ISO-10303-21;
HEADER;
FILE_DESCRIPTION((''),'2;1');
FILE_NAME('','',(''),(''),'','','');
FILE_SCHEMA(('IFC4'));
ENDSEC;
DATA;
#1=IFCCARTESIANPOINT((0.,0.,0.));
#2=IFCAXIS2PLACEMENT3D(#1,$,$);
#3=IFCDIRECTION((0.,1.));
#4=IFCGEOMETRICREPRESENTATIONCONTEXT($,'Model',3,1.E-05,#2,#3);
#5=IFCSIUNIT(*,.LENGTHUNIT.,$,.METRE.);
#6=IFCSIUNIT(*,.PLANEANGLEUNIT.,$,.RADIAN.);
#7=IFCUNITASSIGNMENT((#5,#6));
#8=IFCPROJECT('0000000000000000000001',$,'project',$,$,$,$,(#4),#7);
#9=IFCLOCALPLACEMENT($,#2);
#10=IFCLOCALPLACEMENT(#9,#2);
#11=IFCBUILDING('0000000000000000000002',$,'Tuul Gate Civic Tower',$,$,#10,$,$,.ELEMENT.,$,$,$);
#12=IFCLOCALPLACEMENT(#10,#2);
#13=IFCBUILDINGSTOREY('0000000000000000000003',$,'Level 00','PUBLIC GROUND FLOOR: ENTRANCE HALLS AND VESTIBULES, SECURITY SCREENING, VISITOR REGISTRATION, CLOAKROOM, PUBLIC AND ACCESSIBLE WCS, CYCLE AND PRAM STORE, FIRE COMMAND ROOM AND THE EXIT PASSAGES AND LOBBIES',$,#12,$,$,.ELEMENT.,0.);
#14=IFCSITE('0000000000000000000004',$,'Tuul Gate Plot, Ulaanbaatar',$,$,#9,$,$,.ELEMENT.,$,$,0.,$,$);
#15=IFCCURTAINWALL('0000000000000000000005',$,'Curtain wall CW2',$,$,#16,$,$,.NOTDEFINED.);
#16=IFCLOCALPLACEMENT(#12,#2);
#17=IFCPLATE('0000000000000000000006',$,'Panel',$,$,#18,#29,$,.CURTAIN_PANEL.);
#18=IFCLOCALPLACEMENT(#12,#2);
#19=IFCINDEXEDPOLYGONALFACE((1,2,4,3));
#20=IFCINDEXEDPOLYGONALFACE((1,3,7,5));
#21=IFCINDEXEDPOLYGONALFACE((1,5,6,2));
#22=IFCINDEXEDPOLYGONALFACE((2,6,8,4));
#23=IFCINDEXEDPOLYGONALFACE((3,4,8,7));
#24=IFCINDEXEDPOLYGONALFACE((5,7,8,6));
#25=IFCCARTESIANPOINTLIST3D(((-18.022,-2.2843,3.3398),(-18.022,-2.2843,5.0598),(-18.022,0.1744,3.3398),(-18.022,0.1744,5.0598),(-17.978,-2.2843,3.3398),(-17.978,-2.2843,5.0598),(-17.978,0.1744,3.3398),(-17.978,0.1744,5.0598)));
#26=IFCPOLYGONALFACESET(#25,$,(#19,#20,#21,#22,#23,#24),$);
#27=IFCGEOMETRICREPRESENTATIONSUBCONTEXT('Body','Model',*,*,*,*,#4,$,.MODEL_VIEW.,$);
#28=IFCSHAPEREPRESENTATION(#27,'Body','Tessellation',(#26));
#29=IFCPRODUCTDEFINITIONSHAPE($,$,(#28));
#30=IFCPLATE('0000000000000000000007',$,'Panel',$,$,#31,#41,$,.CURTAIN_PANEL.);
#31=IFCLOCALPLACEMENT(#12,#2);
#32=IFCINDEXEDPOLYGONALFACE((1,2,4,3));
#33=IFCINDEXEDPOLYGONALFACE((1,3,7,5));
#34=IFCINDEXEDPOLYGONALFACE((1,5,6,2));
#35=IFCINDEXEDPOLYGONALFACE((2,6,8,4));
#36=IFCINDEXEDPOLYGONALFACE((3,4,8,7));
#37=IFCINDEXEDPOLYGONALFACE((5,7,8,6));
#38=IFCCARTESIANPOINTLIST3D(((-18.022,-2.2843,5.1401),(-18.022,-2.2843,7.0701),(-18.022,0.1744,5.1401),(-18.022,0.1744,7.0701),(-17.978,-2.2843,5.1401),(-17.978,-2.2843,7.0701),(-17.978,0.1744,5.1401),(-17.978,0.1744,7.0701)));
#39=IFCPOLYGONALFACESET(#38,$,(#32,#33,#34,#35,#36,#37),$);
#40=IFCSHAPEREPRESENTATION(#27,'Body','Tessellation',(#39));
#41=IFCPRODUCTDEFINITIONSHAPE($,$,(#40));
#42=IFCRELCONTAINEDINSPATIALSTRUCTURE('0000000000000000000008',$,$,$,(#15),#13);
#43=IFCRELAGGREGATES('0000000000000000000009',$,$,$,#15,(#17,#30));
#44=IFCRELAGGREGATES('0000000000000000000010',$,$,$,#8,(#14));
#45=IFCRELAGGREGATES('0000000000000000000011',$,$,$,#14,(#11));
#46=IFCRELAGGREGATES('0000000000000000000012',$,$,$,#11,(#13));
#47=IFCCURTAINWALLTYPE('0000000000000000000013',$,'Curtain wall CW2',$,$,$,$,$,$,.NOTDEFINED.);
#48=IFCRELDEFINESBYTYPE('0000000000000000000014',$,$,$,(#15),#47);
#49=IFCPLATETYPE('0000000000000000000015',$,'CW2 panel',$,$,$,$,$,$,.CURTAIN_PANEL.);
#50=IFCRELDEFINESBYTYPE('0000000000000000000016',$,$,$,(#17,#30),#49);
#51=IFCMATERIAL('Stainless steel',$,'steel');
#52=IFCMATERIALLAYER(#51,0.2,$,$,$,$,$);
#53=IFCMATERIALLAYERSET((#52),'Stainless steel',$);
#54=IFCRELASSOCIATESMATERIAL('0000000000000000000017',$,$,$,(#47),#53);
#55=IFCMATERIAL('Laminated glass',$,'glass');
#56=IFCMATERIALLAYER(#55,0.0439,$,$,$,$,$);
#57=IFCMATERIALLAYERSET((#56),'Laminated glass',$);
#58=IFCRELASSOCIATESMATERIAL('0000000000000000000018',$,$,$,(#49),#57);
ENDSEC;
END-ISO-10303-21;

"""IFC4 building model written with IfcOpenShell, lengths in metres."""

from ifc_helpers import new_model, si_unit, direction, frame, origin, origin_2d, place, context, subcontext, project, spatial, rectangle, extrude, material, layer, layer_set, type_object, element, aggregate, save


model = new_model("IFC4")

# Units and contexts
model_context = context("Model", 3, precision=1e-05, world=origin(), true_north=direction((0.0, 1.0)))
body_context = subcontext(model_context, "Body", "Model", "MODEL_VIEW")
ifc_project = project(units=[si_unit("LENGTHUNIT", "METRE"), si_unit("PLANEANGLEUNIT", "RADIAN")], contexts=[model_context])

# Site, building, storey
site_placement = place(None, origin())
site = spatial("IfcSite", under=ifc_project, at=site_placement, Name="Tuul Gate Plot, Ulaanbaatar", CompositionType="ELEMENT", RefElevation=0.0)
building_placement = place(site_placement, origin())
building = spatial("IfcBuilding", under=site, at=building_placement, Name="Tuul Gate Civic Tower", CompositionType="ELEMENT")
storey_placement = place(building_placement, origin())
storey = spatial("IfcBuildingStorey", under=building, at=storey_placement, Name="Level 00", Description="PUBLIC GROUND FLOOR: ENTRANCE HALLS AND VESTIBULES, SECURITY SCREENING, VISITOR REGISTRATION, CLOAKROOM, PUBLIC AND ACCESSIBLE WCS, CYCLE AND PRAM STORE, FIRE COMMAND ROOM AND THE EXIT PASSAGES AND LOBBIES", CompositionType="ELEMENT", Elevation=0.0)

# Curtain wall
ifc_material_1 = material(Name="Stainless steel", Category="steel")
ifc_layer_1 = layer(ifc_material_1, 0.2)
ifc_layer_set_1 = layer_set([ifc_layer_1], Name="Stainless steel")
curtain_wall_type = type_object("IfcCurtainWallType", Name="Curtain wall CW2", PredefinedType="NOTDEFINED", material=ifc_layer_set_1)
curtain_wall_1_placement = place(storey_placement, origin())
curtain_wall_1 = element("IfcCurtainWall", 1, at=curtain_wall_1_placement, inside=storey, type_object=curtain_wall_type, Name="Curtain wall CW2", PredefinedType="NOTDEFINED")

# Plates
ifc_material_2 = material(Name="Laminated glass", Category="glass")
ifc_layer_2 = layer(ifc_material_2, 0.0439)
ifc_layer_set_2 = layer_set([ifc_layer_2], Name="Laminated glass")
plate_type = type_object("IfcPlateType", Name="CW2 panel", PredefinedType="CURTAIN_PANEL", material=ifc_layer_set_2)
plate_1_placement = place(storey_placement, frame((-18.0, -1.0549, 3.3398), z_axis=(0.0, 0.0, 1.0), x_axis=(0.0, 1.0, 0.0)))
plate_1 = element("IfcPlate", 2, at=plate_1_placement, type_object=plate_type, Name="Panel", PredefinedType="CURTAIN_PANEL", context=body_context, shape_type="SweptSolid", body=[
    extrude(rectangle(XDim=2.4587, YDim=0.0439, at=origin_2d()), origin(), (0.0, 0.0, 1.0), 1.72),
])
plate_2_placement = place(storey_placement, frame((-18.0, -1.0549, 5.1401), z_axis=(0.0, 0.0, 1.0), x_axis=(0.0, 1.0, 0.0)))
plate_2 = element("IfcPlate", 3, at=plate_2_placement, type_object=plate_type, Name="Panel", PredefinedType="CURTAIN_PANEL", context=body_context, shape_type="SweptSolid", body=[
    extrude(rectangle(XDim=2.4587, YDim=0.0439, at=origin_2d()), origin(), (0.0, 0.0, 1.0), 1.9299),
])
aggregate(curtain_wall_1, [plate_1, plate_2])

save(model, "model.ifc")
